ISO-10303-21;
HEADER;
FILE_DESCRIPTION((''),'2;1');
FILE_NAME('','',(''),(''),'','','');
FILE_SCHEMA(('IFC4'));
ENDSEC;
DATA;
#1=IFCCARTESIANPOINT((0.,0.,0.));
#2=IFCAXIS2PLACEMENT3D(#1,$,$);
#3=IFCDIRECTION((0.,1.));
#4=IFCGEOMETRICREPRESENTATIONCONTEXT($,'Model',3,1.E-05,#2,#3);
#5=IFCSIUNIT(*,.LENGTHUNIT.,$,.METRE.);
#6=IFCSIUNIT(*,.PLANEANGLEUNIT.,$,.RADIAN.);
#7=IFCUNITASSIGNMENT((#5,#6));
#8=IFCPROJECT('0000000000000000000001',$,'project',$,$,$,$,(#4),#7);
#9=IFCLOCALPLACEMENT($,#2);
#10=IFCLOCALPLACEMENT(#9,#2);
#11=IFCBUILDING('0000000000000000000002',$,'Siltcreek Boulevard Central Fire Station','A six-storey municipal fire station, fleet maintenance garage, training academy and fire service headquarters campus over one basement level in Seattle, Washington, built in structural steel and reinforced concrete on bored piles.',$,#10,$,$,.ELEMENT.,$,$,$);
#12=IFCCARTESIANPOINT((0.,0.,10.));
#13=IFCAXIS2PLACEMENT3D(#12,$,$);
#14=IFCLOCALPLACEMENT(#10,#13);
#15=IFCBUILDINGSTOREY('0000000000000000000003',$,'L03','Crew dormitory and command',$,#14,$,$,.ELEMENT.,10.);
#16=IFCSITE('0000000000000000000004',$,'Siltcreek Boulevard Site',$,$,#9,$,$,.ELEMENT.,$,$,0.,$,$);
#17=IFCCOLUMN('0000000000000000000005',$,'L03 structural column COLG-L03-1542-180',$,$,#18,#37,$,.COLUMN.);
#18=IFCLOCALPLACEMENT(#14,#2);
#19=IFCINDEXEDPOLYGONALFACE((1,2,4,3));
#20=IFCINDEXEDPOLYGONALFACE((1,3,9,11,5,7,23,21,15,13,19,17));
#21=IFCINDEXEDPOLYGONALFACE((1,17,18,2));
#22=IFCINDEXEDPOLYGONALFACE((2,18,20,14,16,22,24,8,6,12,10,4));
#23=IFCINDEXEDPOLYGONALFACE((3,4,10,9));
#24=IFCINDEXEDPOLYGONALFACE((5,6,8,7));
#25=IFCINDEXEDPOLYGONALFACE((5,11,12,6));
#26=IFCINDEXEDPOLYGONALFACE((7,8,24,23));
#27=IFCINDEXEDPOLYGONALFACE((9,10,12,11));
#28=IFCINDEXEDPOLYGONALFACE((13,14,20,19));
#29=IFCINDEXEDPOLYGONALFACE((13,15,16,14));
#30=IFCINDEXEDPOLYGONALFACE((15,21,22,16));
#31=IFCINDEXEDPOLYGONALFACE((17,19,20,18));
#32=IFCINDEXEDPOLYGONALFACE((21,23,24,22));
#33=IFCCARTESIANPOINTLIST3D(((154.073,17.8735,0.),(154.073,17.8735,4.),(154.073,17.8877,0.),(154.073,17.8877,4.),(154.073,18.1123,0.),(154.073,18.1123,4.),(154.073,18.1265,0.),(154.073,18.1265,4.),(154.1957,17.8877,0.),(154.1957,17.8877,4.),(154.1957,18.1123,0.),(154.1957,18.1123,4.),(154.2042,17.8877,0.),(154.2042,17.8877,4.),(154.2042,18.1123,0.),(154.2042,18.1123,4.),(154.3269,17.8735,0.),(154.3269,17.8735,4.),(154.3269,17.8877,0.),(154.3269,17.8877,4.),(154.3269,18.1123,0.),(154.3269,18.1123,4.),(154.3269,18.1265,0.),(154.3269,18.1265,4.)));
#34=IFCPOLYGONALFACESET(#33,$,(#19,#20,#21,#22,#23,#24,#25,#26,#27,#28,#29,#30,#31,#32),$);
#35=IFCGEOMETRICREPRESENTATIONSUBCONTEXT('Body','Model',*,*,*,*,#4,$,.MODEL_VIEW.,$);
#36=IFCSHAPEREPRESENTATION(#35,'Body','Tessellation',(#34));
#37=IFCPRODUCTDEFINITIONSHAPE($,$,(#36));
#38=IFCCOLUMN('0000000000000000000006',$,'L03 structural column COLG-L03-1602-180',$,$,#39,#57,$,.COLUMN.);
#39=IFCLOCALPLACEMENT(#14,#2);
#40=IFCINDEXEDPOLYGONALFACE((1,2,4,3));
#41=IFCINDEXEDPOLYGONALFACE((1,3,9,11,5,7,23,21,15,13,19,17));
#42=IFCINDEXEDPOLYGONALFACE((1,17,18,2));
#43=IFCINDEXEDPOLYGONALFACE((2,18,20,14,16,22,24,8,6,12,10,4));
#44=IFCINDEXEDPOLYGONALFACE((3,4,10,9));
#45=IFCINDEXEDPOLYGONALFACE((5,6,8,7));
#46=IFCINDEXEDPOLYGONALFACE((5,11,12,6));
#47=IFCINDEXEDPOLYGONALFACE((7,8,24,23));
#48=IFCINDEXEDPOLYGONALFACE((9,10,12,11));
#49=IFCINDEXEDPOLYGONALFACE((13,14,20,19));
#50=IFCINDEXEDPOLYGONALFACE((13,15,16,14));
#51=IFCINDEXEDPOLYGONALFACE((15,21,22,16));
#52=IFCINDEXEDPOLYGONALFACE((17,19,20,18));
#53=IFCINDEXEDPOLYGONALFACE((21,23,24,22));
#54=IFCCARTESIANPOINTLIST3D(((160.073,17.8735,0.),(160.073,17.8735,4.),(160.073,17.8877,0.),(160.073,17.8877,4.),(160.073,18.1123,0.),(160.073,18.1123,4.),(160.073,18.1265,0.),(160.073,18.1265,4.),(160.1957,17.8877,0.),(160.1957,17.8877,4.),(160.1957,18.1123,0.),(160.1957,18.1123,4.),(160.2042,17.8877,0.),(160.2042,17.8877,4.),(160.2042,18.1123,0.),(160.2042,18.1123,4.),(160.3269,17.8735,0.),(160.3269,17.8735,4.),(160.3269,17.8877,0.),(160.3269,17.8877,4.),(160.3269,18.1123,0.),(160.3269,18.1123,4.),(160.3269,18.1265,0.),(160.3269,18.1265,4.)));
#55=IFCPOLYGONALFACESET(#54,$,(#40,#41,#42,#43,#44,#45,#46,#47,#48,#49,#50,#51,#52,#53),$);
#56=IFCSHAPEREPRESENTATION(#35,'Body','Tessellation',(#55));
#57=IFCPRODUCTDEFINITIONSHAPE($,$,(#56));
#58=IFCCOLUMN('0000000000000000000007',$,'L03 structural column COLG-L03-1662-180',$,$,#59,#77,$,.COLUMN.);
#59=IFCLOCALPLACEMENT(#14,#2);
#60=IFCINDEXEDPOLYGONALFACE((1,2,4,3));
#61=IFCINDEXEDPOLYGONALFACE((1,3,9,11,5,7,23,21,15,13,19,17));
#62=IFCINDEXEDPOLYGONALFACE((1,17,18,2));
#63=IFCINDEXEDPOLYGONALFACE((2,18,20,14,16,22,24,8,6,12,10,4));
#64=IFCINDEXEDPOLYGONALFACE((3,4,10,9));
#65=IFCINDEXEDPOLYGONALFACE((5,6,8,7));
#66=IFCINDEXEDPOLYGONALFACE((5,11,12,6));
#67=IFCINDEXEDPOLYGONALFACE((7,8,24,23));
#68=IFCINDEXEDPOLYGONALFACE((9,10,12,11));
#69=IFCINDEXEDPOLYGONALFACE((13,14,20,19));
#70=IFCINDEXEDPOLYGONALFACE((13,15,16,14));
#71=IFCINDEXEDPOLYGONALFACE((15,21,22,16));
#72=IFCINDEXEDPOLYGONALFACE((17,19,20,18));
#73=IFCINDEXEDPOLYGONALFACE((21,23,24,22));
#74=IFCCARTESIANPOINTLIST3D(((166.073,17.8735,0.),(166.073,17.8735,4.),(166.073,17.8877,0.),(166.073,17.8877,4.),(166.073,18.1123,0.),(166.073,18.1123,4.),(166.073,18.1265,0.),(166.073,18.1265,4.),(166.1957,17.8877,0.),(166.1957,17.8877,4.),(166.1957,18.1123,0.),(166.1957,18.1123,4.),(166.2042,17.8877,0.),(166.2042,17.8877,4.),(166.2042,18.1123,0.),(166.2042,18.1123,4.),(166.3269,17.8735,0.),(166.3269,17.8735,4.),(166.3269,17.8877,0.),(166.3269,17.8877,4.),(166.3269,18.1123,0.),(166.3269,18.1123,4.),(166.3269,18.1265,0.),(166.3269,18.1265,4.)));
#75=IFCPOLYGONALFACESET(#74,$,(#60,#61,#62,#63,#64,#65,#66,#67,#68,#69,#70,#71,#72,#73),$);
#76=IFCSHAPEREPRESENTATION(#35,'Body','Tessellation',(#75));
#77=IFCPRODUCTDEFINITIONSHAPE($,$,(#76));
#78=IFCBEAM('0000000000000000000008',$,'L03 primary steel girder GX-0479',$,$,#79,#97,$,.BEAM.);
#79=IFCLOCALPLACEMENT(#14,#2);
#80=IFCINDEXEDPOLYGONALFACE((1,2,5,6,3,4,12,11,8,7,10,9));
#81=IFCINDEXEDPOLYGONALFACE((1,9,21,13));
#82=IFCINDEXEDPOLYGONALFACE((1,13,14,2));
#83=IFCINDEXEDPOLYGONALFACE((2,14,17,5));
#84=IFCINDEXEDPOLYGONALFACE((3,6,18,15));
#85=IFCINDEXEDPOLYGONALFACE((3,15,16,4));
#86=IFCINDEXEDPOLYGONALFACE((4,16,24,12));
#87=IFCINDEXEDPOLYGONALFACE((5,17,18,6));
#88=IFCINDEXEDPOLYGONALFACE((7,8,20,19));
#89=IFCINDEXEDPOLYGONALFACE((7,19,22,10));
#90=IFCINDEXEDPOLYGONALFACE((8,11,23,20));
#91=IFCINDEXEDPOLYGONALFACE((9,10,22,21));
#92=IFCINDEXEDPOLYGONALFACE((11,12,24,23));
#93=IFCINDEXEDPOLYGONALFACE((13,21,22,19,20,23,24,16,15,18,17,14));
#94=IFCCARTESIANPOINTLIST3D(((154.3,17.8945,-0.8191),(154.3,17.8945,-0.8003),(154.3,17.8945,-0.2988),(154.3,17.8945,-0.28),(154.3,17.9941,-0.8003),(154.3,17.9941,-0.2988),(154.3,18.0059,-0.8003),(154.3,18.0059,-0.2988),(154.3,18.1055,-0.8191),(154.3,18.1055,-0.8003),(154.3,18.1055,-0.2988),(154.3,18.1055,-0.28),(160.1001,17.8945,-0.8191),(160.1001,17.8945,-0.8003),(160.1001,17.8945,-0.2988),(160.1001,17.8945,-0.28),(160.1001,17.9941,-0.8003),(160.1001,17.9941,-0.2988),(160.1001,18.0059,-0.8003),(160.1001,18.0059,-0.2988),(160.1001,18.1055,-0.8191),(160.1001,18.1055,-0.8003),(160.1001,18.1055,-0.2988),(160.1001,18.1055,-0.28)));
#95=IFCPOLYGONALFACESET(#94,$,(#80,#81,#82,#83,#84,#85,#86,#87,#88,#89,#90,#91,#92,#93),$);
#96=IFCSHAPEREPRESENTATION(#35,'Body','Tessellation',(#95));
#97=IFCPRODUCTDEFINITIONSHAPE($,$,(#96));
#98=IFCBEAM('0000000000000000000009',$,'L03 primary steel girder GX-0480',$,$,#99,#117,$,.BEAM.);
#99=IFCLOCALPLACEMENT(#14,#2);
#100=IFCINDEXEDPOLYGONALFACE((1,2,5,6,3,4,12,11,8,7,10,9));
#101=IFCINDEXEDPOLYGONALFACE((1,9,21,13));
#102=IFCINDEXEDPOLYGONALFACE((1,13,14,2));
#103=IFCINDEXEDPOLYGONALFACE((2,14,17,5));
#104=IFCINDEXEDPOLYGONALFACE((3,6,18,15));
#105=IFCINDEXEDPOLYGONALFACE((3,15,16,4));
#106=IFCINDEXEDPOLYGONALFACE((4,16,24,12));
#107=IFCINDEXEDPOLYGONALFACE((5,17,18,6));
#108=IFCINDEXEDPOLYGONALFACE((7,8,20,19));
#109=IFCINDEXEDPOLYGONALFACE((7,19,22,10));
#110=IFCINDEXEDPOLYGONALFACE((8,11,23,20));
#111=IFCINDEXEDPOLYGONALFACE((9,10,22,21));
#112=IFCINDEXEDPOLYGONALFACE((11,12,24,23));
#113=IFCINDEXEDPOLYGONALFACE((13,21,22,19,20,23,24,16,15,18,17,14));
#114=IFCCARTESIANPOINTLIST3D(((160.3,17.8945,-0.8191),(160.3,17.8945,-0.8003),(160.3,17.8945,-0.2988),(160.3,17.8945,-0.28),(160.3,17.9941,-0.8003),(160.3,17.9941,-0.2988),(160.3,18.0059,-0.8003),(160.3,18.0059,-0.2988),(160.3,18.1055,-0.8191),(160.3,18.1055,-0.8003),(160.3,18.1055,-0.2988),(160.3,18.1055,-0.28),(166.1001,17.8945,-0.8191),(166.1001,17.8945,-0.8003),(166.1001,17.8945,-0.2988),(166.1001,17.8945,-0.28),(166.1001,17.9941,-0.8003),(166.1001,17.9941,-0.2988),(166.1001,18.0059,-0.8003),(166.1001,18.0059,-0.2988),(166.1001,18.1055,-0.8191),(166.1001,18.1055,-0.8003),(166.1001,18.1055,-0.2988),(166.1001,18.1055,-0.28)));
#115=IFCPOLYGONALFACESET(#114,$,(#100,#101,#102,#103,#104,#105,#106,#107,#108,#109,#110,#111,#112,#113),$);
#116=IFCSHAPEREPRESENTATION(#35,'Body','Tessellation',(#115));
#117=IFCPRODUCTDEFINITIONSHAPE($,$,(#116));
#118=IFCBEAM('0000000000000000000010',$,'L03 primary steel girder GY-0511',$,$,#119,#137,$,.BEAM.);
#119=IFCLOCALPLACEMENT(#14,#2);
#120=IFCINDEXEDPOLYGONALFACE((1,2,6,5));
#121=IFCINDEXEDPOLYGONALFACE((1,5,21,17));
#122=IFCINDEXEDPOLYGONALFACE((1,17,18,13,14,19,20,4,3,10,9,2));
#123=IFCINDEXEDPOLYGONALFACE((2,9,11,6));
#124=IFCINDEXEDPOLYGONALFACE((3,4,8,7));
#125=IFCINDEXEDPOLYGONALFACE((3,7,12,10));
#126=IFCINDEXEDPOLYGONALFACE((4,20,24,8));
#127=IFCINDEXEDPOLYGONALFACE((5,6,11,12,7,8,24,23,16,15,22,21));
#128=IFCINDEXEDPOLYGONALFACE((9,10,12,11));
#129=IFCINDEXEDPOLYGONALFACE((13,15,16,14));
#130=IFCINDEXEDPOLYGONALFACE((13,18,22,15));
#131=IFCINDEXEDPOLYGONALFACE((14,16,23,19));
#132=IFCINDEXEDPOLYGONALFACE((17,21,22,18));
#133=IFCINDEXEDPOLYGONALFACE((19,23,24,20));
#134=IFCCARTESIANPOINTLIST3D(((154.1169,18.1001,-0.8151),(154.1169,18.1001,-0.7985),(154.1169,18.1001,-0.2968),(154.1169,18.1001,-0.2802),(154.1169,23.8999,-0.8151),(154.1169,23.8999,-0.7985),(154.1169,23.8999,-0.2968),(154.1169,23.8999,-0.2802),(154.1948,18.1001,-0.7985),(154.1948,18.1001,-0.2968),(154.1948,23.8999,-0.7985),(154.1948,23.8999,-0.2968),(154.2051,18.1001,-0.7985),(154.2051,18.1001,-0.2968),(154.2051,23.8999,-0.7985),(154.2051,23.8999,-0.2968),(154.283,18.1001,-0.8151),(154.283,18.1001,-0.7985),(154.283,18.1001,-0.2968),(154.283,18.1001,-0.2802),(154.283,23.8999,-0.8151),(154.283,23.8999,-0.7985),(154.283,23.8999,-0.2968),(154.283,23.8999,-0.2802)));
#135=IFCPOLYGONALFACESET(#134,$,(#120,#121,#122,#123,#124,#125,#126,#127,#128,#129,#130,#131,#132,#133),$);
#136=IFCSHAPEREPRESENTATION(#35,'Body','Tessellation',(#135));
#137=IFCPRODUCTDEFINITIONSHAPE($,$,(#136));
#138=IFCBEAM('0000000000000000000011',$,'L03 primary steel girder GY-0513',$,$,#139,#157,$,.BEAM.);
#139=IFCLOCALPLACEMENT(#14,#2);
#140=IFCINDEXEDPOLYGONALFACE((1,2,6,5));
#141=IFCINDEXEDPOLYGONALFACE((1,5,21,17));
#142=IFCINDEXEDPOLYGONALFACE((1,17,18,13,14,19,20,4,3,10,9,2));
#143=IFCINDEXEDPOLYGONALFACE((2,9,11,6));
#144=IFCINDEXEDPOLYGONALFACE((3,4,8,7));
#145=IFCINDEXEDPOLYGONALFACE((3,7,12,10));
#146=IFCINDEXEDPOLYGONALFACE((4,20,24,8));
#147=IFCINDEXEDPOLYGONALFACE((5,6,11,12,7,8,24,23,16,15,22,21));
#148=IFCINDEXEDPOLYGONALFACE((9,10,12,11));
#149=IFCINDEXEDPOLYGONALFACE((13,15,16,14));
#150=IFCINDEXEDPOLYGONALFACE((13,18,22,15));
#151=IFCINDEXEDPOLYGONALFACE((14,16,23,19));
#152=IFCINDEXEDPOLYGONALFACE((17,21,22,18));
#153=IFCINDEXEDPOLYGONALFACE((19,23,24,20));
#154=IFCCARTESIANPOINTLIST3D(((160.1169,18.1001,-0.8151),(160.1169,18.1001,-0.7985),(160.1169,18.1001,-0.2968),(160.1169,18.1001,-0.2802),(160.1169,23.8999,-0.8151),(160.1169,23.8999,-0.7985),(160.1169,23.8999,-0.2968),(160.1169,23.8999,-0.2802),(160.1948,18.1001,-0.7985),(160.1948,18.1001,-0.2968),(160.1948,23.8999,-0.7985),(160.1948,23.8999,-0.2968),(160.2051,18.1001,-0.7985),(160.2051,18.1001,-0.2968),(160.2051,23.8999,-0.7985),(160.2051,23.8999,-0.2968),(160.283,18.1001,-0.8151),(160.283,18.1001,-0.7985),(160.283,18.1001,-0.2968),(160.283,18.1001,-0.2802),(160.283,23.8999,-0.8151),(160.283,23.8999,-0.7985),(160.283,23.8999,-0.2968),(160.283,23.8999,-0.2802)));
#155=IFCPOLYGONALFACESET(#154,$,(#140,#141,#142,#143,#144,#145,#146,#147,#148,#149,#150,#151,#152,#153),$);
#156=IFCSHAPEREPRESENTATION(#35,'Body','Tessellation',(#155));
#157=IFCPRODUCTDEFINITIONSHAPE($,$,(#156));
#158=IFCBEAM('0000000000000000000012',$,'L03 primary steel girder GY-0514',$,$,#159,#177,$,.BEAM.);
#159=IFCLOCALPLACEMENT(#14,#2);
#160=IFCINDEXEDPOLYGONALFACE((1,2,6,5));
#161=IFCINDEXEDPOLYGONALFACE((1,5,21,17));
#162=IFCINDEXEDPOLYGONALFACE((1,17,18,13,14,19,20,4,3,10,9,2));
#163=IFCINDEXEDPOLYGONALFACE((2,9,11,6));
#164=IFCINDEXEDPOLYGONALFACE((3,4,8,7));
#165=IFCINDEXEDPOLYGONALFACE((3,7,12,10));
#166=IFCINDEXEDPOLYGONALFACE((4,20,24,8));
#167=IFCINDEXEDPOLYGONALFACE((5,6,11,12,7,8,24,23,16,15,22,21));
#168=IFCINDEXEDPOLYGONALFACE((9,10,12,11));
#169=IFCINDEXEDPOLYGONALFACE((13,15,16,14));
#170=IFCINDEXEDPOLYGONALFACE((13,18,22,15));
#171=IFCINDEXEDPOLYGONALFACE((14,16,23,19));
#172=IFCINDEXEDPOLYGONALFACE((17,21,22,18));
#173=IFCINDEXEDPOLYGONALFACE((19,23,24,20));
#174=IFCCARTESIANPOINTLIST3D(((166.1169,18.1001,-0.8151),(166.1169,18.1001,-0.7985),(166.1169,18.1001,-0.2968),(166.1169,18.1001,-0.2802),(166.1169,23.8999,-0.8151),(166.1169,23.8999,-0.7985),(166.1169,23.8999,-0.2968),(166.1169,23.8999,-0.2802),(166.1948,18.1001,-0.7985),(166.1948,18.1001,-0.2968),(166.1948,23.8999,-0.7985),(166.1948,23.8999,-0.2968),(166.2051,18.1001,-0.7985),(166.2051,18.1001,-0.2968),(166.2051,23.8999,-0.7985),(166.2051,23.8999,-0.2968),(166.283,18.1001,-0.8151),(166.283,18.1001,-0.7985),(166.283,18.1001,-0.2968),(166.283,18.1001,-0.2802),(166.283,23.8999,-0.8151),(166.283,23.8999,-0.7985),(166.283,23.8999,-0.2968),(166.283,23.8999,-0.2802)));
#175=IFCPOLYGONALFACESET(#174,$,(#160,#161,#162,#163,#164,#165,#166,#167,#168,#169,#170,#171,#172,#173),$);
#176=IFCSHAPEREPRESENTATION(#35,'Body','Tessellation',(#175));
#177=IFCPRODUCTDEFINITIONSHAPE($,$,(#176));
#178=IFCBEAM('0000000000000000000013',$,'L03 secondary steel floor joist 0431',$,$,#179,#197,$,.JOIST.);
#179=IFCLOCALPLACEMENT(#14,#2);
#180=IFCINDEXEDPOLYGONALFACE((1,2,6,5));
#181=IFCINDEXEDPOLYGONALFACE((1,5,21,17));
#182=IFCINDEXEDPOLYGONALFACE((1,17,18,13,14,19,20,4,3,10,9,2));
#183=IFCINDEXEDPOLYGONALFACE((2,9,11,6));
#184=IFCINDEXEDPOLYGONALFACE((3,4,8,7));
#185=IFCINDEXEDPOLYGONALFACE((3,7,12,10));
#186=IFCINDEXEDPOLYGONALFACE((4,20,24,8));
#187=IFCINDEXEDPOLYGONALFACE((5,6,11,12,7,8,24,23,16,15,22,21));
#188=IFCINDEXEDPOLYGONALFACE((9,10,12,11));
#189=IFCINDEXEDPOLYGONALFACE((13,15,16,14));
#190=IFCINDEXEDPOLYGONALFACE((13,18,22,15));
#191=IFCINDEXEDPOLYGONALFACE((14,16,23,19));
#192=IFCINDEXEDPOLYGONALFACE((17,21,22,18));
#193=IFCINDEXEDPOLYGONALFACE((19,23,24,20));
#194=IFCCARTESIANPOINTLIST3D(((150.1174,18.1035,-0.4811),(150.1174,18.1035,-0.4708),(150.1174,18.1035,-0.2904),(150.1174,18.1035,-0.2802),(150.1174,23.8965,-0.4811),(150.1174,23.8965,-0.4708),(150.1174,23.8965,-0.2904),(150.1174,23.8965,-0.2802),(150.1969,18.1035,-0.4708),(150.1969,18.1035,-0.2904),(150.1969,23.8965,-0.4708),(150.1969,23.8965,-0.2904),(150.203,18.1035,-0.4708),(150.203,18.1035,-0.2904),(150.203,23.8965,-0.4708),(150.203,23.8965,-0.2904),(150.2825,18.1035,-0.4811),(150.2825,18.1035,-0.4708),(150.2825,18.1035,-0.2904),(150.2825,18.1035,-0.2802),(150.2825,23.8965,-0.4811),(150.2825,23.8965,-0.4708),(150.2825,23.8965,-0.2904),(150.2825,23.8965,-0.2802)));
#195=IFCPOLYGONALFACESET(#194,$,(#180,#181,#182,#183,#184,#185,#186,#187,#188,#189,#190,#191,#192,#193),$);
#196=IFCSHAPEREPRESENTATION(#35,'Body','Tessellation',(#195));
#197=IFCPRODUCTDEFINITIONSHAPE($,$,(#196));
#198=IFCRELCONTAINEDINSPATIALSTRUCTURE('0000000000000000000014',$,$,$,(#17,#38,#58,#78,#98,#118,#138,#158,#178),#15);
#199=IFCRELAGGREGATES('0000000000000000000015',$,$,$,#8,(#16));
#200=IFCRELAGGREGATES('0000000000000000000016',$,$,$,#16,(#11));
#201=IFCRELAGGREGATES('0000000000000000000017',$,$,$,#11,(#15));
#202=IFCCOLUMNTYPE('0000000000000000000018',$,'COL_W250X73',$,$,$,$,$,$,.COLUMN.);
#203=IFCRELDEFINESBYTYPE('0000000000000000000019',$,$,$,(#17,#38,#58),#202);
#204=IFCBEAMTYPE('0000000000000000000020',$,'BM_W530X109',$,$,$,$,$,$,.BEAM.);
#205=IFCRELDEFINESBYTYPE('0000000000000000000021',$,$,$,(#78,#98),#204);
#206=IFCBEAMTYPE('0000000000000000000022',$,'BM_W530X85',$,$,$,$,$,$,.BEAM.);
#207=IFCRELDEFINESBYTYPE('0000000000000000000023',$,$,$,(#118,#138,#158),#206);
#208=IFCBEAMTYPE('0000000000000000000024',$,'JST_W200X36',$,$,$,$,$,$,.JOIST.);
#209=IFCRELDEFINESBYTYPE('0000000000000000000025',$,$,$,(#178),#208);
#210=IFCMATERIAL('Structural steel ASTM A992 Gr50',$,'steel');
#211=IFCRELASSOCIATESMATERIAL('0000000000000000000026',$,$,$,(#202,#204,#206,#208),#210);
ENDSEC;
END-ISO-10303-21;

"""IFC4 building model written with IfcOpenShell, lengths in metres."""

from ifc_helpers import new_model, si_unit, direction, frame, origin, origin_2d, place, context, subcontext, project, spatial, i_section, extrude, material, material_profile, profile_set, type_object, element, save


model = new_model("IFC4")

# Units and contexts
model_context = context("Model", 3, precision=1e-05, world=origin(), true_north=direction((0.0, 1.0)))
body_context = subcontext(model_context, "Body", "Model", "MODEL_VIEW")
ifc_project = project(units=[si_unit("LENGTHUNIT", "METRE"), si_unit("PLANEANGLEUNIT", "RADIAN")], contexts=[model_context])

# Site, building, storey
site_placement = place(None, origin())
site = spatial("IfcSite", under=ifc_project, at=site_placement, Name="Siltcreek Boulevard Site", CompositionType="ELEMENT", RefElevation=0.0)
building_placement = place(site_placement, origin())
building = spatial("IfcBuilding", under=site, at=building_placement, Name="Siltcreek Boulevard Central Fire Station", Description="A six-storey municipal fire station, fleet maintenance garage, training academy and fire service headquarters campus over one basement level in Seattle, Washington, built in structural steel and reinforced concrete on bored piles.", CompositionType="ELEMENT")
storey_placement = place(building_placement, frame((0.0, 0.0, 10.0)))
storey = spatial("IfcBuildingStorey", under=building, at=storey_placement, Name="L03", Description="Crew dormitory and command", CompositionType="ELEMENT", Elevation=10.0)

# Columns
ifc_material_1 = material(Name="Structural steel ASTM A992 Gr50", Category="steel")
ifc_material_profile_1 = material_profile(ifc_material_1, i_section(OverallWidth=0.2539, OverallDepth=0.2529, WebThickness=0.0085, FlangeThickness=0.0142, at=origin_2d()), Name="W250X73")
ifc_profile_set_1 = profile_set([ifc_material_profile_1], Name="Structural steel ASTM A992 Gr50")
column_type = type_object("IfcColumnType", Name="COL_W250X73", PredefinedType="COLUMN", material=ifc_profile_set_1)
for number, where, z_axis, x_axis, name in (
    (1, (154.2, 18.0, 0.0), (0.0, 0.0, 1.0), (1.0, 0.0, 0.0), "L03 structural column COLG-L03-1542-180"),
    (2, (160.2, 18.0, 0.0), (0.0, 0.0, 1.0), (1.0, 0.0, 0.0), "L03 structural column COLG-L03-1602-180"),
    (3, (166.2, 18.0, 0.0), (0.0, 0.0, 1.0), (1.0, 0.0, 0.0), "L03 structural column COLG-L03-1662-180"),
):
    element("IfcColumn", number, at=place(storey_placement, frame(where, z_axis=z_axis, x_axis=x_axis)), inside=storey, type_object=column_type, Name=name, PredefinedType="COLUMN", context=body_context, shape_type="SweptSolid", body=[
        extrude(i_section(OverallWidth=0.2539, OverallDepth=0.2529, WebThickness=0.0085, FlangeThickness=0.0142, at=origin_2d()), origin(), (0.0, 0.0, 1.0), 4.0),
    ])

# Beams
ifc_material_profile_2 = material_profile(ifc_material_1, i_section(OverallWidth=0.2109, OverallDepth=0.5391, WebThickness=0.0117, FlangeThickness=0.0188, at=origin_2d()), Name="W530X109")
ifc_profile_set_2 = profile_set([ifc_material_profile_2], Name="Structural steel ASTM A992 Gr50")
beam_type_1 = type_object("IfcBeamType", Name="BM_W530X109", PredefinedType="BEAM", material=ifc_profile_set_2)
for number, where, z_axis, x_axis, name in (
    (4, (154.3, 18.0, -0.5496), (1.0, 0.0, 0.0), (0.0, 1.0, 0.0), "L03 primary steel girder GX-0479"),
    (5, (160.3, 18.0, -0.5496), (1.0, 0.0, 0.0), (0.0, 1.0, 0.0), "L03 primary steel girder GX-0480"),
):
    element("IfcBeam", number, at=place(storey_placement, frame(where, z_axis=z_axis, x_axis=x_axis)), inside=storey, type_object=beam_type_1, Name=name, PredefinedType="BEAM", context=body_context, shape_type="SweptSolid", body=[
        extrude(i_section(OverallWidth=0.2109, OverallDepth=0.5391, WebThickness=0.0117, FlangeThickness=0.0188, at=origin_2d()), origin(), (0.0, 0.0, 1.0), 5.8),
    ])
ifc_material_profile_3 = material_profile(ifc_material_1, i_section(OverallWidth=0.166, OverallDepth=0.5349, WebThickness=0.0103, FlangeThickness=0.0166, at=origin_2d()), Name="W530X85")
ifc_profile_set_3 = profile_set([ifc_material_profile_3], Name="Structural steel ASTM A992 Gr50")
beam_type_2 = type_object("IfcBeamType", Name="BM_W530X85", PredefinedType="BEAM", material=ifc_profile_set_3)
for number, where, z_axis, x_axis, name in (
    (6, (154.2, 18.1001, -0.5476), (0.0, 1.0, 0.0), (-1.0, 0.0, 0.0), "L03 primary steel girder GY-0511"),
    (7, (160.2, 18.1001, -0.5476), (0.0, 1.0, 0.0), (-1.0, 0.0, 0.0), "L03 primary steel girder GY-0513"),
    (8, (166.2, 18.1001, -0.5476), (0.0, 1.0, 0.0), (-1.0, 0.0, 0.0), "L03 primary steel girder GY-0514"),
):
    element("IfcBeam", number, at=place(storey_placement, frame(where, z_axis=z_axis, x_axis=x_axis)), inside=storey, type_object=beam_type_2, Name=name, PredefinedType="BEAM", context=body_context, shape_type="SweptSolid", body=[
        extrude(i_section(OverallWidth=0.166, OverallDepth=0.5349, WebThickness=0.0103, FlangeThickness=0.0166, at=origin_2d()), origin(), (0.0, 0.0, 1.0), 5.7998),
    ])
ifc_material_profile_4 = material_profile(ifc_material_1, i_section(OverallWidth=0.165, OverallDepth=0.2009, WebThickness=0.0061, FlangeThickness=0.0103, at=origin_2d()), Name="W200X36")
ifc_profile_set_4 = profile_set([ifc_material_profile_4], Name="Structural steel ASTM A992 Gr50")
beam_type_3 = type_object("IfcBeamType", Name="JST_W200X36", PredefinedType="JOIST", material=ifc_profile_set_4)
for number, where, z_axis, x_axis, name in (
    (9, (150.2, 18.1035, -0.3806), (0.0, 1.0, 0.0), (-1.0, 0.0, 0.0), "L03 secondary steel floor joist 0431"),
):
    element("IfcBeam", number, at=place(storey_placement, frame(where, z_axis=z_axis, x_axis=x_axis)), inside=storey, type_object=beam_type_3, Name=name, PredefinedType="JOIST", context=body_context, shape_type="SweptSolid", body=[
        extrude(i_section(OverallWidth=0.165, OverallDepth=0.2009, WebThickness=0.0061, FlangeThickness=0.0103, at=origin_2d()), origin(), (0.0, 0.0, 1.0), 5.793),
    ])

save(model, "model.ifc")
